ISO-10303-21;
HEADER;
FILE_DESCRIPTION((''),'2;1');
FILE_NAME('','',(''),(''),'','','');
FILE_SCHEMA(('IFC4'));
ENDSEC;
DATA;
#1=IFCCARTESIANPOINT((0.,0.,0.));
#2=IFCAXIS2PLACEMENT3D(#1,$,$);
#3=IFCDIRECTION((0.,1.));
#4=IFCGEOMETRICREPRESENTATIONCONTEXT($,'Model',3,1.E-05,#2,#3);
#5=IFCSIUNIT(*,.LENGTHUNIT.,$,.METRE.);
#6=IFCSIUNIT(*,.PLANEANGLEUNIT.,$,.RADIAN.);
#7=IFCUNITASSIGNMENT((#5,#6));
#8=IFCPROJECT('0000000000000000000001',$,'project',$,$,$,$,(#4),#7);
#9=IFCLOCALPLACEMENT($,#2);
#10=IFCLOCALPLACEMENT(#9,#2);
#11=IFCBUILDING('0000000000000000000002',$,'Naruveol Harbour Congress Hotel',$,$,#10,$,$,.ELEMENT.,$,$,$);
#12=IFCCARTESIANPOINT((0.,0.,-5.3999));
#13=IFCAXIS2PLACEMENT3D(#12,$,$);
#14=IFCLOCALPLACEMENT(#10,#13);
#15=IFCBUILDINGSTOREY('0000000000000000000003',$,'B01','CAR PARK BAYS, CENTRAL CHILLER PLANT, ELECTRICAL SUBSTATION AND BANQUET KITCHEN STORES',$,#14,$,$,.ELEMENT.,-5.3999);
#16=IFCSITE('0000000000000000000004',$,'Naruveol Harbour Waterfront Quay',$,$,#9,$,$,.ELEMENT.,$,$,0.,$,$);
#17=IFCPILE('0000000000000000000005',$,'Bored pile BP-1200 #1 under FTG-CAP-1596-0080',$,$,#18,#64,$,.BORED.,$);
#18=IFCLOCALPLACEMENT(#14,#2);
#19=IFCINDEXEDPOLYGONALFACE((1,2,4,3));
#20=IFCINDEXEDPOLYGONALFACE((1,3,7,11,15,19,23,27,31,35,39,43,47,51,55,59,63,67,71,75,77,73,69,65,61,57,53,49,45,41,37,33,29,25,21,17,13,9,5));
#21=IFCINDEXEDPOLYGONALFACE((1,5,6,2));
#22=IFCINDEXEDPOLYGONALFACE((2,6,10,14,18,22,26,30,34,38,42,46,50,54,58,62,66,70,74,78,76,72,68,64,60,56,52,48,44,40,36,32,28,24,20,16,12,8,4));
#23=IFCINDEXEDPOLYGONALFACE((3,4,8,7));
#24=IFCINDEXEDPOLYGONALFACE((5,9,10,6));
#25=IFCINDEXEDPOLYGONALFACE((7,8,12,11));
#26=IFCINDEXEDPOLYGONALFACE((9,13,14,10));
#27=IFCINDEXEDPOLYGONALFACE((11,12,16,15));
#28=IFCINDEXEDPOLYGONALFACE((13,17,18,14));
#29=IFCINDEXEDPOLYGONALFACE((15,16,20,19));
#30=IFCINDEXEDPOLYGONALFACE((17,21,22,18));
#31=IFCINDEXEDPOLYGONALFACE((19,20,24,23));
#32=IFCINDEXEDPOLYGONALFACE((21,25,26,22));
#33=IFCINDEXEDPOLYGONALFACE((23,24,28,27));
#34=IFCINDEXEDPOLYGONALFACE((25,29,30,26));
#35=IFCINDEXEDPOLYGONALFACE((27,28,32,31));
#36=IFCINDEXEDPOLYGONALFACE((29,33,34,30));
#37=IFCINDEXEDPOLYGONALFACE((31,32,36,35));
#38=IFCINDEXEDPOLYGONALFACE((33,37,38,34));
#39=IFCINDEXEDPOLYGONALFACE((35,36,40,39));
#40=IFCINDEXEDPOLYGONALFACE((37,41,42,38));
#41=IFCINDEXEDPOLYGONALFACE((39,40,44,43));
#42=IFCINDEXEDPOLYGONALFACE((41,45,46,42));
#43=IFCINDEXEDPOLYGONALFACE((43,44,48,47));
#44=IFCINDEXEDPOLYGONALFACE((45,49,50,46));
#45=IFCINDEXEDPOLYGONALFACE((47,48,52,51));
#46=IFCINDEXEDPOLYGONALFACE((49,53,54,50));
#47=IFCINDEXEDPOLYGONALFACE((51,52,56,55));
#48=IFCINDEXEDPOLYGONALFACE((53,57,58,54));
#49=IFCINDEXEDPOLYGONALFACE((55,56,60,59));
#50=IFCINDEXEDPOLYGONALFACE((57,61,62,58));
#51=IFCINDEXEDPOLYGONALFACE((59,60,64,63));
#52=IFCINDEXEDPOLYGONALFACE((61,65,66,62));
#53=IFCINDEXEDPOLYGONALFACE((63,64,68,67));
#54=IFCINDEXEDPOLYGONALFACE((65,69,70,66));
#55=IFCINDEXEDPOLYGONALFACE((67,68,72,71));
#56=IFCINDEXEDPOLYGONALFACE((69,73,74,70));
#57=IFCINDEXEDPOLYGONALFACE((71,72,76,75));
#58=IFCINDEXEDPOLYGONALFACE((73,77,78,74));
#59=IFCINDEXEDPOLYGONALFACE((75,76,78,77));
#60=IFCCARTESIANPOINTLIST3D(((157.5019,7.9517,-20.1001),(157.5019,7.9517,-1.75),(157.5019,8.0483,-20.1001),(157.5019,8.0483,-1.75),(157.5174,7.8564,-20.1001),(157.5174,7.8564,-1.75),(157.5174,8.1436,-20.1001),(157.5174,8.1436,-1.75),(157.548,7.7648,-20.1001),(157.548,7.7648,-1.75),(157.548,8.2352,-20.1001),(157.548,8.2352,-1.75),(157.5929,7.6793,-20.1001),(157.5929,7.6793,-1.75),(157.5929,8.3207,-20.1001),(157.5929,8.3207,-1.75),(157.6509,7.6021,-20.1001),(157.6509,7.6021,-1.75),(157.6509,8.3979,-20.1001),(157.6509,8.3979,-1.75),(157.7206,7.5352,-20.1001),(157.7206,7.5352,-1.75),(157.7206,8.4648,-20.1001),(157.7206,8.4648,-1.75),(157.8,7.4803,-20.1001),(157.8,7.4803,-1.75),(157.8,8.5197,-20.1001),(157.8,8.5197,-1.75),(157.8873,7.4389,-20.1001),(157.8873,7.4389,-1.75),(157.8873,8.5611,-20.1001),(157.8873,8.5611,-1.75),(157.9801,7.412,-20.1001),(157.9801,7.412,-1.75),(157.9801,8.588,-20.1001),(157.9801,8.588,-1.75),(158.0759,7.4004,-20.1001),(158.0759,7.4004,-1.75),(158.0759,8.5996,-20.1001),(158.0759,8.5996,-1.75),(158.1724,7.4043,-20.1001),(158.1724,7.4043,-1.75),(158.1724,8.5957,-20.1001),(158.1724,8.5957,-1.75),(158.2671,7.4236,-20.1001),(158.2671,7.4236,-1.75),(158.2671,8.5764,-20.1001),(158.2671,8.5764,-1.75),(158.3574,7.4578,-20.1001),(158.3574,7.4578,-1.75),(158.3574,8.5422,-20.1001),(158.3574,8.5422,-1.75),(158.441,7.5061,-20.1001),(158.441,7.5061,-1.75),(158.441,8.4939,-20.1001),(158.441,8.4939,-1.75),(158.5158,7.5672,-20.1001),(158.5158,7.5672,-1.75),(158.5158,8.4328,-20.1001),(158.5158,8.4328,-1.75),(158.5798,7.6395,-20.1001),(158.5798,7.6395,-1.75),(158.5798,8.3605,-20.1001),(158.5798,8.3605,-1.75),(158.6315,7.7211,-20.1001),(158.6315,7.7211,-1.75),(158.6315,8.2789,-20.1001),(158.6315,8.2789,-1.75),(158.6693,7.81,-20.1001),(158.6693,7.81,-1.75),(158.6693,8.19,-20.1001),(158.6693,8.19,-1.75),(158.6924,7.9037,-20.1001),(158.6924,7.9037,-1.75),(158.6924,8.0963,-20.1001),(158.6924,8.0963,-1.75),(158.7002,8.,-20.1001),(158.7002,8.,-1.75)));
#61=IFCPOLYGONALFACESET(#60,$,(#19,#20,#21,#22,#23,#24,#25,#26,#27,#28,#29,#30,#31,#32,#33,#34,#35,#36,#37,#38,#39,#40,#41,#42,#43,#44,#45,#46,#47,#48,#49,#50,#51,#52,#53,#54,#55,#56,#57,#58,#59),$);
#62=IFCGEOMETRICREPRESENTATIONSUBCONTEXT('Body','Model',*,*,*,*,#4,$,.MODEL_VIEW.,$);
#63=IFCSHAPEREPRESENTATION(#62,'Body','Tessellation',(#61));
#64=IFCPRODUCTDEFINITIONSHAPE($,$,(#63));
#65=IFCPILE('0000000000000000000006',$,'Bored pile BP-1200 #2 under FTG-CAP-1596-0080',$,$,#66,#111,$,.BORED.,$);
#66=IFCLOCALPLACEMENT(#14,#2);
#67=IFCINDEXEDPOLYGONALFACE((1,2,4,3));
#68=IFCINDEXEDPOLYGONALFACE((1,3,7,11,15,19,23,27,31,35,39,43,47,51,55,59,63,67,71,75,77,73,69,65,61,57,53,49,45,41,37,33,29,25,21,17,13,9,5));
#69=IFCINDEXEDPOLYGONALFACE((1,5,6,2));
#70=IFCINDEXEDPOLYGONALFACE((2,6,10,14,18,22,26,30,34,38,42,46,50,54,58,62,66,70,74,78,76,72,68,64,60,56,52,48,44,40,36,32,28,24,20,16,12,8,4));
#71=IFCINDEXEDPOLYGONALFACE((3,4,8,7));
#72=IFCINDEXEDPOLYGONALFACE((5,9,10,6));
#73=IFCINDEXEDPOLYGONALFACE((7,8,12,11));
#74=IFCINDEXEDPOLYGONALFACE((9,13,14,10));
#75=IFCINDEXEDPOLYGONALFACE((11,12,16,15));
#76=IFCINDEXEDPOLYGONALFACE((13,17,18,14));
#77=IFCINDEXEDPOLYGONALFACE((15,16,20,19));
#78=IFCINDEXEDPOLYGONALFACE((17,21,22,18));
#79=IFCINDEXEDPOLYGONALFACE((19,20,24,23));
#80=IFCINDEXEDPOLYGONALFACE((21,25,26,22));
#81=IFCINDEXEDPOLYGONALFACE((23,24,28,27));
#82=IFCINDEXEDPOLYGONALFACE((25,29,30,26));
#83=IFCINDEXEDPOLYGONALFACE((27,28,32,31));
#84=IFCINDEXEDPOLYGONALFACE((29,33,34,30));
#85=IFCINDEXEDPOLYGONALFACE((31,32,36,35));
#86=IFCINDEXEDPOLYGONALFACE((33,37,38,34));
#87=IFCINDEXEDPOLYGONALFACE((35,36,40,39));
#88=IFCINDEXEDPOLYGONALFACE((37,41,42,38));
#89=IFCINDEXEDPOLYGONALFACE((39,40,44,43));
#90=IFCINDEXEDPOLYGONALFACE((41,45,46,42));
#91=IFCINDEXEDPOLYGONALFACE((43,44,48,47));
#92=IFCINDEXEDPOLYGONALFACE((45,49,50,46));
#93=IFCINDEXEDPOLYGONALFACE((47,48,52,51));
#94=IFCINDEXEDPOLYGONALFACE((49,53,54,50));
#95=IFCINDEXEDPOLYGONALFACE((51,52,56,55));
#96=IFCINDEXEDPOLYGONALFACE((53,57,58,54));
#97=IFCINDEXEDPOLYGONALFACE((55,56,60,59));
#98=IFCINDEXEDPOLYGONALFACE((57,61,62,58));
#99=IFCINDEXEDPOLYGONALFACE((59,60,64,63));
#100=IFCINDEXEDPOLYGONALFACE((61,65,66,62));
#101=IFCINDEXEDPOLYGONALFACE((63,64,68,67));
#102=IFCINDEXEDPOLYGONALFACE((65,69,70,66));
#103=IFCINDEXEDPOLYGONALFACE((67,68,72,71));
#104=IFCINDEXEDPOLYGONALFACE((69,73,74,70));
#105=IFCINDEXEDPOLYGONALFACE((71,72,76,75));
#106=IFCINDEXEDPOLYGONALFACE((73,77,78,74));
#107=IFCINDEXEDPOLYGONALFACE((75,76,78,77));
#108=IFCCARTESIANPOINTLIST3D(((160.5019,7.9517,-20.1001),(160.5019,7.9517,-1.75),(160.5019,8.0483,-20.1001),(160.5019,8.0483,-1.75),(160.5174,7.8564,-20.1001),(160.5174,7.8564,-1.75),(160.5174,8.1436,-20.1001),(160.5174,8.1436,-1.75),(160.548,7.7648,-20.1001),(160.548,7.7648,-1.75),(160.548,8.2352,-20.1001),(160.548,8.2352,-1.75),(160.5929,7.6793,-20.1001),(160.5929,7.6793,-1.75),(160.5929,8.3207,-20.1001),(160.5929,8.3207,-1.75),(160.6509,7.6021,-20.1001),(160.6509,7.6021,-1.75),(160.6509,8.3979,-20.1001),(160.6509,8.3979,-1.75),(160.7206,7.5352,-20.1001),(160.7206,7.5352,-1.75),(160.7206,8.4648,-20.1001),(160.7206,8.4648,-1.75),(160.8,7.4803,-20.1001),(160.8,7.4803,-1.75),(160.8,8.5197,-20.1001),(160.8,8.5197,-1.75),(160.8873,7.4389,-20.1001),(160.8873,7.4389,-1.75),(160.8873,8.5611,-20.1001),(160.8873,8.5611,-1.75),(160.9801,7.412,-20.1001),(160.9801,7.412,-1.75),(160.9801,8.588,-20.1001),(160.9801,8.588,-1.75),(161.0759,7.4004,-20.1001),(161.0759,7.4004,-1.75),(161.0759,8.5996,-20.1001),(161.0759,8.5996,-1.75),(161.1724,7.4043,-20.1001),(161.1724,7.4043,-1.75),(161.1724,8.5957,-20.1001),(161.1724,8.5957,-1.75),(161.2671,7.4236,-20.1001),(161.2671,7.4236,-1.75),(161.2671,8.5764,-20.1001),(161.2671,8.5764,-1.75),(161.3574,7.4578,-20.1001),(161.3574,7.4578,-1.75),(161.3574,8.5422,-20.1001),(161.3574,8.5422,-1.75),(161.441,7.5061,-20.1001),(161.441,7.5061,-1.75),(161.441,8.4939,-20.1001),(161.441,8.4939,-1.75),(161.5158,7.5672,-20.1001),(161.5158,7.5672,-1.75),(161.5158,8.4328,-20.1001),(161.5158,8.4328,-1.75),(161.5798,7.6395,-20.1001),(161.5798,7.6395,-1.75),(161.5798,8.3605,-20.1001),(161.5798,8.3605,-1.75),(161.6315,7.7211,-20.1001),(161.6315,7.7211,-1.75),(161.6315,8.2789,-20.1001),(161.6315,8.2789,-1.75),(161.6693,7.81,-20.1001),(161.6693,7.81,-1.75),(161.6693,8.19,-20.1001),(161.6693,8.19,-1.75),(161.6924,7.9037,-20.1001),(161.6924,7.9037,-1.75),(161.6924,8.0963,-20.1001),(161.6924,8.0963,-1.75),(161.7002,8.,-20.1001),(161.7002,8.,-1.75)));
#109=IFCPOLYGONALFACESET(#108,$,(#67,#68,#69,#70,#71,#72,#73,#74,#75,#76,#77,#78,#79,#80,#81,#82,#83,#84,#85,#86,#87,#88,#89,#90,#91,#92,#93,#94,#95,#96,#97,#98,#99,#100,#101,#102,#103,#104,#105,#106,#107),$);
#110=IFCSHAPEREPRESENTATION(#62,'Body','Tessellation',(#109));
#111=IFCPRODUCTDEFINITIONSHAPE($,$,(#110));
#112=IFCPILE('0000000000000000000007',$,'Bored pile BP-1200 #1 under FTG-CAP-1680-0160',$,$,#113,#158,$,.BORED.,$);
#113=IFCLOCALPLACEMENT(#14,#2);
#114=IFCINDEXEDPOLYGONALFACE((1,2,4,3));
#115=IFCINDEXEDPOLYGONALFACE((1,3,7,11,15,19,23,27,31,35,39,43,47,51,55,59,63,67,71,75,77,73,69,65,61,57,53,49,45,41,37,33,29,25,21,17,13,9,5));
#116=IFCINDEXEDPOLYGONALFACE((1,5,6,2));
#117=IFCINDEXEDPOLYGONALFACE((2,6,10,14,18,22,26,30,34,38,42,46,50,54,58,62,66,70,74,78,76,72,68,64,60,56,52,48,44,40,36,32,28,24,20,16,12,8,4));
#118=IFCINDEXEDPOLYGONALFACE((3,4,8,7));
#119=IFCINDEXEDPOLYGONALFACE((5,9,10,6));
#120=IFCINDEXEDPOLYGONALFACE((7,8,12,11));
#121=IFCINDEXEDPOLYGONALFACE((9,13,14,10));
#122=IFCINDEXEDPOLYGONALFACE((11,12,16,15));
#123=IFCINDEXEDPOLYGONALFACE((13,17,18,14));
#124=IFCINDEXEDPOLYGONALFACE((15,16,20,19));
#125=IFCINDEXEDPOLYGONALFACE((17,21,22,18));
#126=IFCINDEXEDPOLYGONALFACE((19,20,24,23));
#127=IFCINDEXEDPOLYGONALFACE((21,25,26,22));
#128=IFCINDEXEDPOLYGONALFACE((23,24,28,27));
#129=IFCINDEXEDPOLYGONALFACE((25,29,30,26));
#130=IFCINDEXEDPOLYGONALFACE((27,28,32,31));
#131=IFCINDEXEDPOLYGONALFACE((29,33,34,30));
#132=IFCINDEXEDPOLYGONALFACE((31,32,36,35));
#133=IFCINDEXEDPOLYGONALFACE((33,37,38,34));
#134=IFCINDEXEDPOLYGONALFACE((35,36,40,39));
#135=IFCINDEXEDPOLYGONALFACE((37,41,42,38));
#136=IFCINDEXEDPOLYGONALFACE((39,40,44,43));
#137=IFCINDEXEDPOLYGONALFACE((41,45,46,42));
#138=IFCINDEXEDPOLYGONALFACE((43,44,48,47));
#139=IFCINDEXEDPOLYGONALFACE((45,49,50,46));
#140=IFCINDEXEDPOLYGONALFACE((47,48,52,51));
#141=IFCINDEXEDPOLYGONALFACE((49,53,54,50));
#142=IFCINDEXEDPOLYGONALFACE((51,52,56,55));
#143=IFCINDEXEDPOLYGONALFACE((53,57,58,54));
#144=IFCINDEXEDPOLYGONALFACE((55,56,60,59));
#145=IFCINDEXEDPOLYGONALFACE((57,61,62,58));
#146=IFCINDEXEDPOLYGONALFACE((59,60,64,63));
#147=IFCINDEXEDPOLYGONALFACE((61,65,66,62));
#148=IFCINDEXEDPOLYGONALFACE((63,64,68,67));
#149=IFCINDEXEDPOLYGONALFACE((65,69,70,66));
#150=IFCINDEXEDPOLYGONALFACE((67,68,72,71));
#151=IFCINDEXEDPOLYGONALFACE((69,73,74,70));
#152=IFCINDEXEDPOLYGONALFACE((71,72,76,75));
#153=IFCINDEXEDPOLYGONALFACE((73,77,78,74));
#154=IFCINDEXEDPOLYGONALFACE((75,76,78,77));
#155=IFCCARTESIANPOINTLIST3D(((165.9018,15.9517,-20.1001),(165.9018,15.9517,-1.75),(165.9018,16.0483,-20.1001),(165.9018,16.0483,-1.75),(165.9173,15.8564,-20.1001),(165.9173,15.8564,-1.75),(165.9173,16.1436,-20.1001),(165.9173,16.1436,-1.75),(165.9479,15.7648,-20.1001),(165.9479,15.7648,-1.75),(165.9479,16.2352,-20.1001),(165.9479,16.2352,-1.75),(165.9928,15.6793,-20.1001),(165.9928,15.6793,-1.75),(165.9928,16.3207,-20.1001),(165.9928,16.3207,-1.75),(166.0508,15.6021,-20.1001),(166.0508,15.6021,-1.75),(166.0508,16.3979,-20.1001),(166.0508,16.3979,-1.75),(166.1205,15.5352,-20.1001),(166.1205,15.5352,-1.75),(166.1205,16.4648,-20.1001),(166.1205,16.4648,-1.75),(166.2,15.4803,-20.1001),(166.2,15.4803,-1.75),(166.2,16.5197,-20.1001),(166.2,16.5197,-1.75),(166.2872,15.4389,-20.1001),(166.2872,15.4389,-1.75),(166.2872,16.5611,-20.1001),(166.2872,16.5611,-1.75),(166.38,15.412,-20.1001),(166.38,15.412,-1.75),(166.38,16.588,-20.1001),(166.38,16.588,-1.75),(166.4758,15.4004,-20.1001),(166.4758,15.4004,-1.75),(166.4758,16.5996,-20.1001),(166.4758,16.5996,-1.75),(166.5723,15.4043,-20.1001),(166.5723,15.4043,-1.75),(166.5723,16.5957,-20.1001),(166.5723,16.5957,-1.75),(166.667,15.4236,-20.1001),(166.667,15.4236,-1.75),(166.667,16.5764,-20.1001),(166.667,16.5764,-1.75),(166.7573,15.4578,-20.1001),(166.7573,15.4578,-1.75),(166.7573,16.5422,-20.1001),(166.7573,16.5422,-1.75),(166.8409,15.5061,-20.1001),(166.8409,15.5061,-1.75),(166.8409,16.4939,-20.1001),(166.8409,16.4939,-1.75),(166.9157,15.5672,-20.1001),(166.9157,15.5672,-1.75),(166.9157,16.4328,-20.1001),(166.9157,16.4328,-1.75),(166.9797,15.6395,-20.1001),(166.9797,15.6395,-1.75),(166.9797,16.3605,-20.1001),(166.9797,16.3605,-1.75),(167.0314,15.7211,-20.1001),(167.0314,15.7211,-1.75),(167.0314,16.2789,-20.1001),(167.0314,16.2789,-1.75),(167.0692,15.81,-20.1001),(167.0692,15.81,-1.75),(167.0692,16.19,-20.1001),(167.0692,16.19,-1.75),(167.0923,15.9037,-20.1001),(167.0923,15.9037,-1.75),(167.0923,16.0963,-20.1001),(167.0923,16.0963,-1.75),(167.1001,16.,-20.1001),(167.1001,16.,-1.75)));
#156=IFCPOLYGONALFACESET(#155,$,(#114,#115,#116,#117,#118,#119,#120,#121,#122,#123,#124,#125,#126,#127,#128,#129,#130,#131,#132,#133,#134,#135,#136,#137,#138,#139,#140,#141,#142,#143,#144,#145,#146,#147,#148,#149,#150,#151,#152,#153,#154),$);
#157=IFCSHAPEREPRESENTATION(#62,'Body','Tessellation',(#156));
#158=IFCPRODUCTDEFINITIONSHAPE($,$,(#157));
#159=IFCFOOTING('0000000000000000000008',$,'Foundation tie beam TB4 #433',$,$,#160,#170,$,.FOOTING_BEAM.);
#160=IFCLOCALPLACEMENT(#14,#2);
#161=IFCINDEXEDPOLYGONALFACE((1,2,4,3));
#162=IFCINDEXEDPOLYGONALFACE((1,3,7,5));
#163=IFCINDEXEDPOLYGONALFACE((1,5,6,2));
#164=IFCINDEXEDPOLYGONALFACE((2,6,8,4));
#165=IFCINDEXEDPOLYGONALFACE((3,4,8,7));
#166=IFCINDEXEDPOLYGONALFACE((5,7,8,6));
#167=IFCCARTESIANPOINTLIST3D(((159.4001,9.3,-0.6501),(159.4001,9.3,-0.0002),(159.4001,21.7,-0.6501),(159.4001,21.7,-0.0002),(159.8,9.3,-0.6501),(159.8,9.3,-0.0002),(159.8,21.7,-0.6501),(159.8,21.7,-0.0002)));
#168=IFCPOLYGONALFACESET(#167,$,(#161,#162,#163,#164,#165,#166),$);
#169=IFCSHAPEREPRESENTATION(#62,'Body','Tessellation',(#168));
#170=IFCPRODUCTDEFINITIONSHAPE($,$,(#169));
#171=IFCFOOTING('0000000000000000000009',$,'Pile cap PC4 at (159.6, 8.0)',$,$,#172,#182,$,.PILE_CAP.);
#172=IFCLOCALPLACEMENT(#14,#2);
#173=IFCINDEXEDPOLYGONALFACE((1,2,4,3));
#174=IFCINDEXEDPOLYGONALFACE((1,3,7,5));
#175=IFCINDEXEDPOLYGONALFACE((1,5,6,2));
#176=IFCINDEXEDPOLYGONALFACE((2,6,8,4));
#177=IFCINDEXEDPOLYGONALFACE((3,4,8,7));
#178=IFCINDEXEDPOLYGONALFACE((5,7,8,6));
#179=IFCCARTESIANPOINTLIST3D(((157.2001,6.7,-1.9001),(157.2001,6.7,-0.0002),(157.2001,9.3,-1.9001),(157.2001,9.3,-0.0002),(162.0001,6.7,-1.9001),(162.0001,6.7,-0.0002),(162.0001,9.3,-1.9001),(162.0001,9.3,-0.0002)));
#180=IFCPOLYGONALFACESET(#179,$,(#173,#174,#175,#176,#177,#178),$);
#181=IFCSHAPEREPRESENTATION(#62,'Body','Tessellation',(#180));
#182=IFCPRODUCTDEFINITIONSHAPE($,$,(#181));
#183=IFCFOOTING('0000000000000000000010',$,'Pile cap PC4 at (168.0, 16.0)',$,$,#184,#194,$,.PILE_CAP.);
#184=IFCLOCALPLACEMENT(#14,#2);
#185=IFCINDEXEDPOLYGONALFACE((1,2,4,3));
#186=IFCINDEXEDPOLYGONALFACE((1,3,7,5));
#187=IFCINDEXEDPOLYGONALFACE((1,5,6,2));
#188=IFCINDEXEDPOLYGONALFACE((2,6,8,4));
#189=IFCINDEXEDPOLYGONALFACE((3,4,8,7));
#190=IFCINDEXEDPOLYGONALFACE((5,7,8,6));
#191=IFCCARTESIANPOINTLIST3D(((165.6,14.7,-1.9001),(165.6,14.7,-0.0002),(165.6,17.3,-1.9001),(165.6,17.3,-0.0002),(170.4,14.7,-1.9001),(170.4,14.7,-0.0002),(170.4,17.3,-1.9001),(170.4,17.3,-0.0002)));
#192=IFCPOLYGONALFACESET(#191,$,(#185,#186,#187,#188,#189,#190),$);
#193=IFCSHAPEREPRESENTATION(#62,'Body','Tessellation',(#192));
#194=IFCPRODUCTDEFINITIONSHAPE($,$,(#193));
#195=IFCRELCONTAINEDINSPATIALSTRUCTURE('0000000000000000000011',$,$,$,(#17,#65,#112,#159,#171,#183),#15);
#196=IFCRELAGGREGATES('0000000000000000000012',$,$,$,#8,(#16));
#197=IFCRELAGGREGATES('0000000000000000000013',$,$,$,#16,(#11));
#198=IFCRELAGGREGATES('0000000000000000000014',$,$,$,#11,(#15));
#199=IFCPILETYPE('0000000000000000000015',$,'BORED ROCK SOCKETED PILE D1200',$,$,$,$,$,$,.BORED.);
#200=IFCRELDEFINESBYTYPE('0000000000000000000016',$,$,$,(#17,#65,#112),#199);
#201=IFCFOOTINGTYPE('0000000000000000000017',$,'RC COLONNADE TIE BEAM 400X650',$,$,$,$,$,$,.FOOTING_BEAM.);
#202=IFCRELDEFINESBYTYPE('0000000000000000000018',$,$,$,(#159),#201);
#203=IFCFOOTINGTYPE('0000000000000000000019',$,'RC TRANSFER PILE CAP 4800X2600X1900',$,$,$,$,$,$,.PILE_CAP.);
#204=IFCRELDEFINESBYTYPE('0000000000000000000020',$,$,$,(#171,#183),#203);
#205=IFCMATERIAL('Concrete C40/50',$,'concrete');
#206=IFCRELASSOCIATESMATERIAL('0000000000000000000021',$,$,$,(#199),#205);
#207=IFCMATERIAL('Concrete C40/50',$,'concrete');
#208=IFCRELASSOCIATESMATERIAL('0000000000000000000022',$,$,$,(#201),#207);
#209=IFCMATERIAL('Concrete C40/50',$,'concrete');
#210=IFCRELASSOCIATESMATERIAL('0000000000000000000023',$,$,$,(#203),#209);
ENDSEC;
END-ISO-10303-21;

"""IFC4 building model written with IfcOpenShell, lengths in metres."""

from ifc_helpers import new_model, si_unit, direction, frame, origin, origin_2d, place, context, subcontext, project, spatial, rectangle, circle, extrude, material, material_profile, profile_set, type_object, element, save


model = new_model("IFC4")

# Units and contexts
model_context = context("Model", 3, precision=1e-05, world=origin(), true_north=direction((0.0, 1.0)))
body_context = subcontext(model_context, "Body", "Model", "MODEL_VIEW")
ifc_project = project(units=[si_unit("LENGTHUNIT", "METRE"), si_unit("PLANEANGLEUNIT", "RADIAN")], contexts=[model_context])

# Site, building, storey
site_placement = place(None, origin())
site = spatial("IfcSite", under=ifc_project, at=site_placement, Name="Naruveol Harbour Waterfront Quay", CompositionType="ELEMENT", RefElevation=0.0)
building_placement = place(site_placement, origin())
building = spatial("IfcBuilding", under=site, at=building_placement, Name="Naruveol Harbour Congress Hotel", CompositionType="ELEMENT")
storey_placement = place(building_placement, frame((0.0, 0.0, -5.3999)))
storey = spatial("IfcBuildingStorey", under=building, at=storey_placement, Name="B01", Description="CAR PARK BAYS, CENTRAL CHILLER PLANT, ELECTRICAL SUBSTATION AND BANQUET KITCHEN STORES", CompositionType="ELEMENT", Elevation=-5.3999)

# Piles
ifc_material_1 = material(Name="Concrete C40/50", Category="concrete")
ifc_material_profile_1 = material_profile(ifc_material_1, circle(Radius=0.6001, at=origin_2d()), Name="BP-1200")
ifc_profile_set_1 = profile_set([ifc_material_profile_1], Name="Concrete C40/50")
pile_type = type_object("IfcPileType", Name="BORED ROCK SOCKETED PILE D1200", PredefinedType="BORED", material=ifc_profile_set_1)
for number, where, z_axis, x_axis, name in (
    (1, (158.1001, 8.0, -1.75), (0.0, 0.0, -1.0), (1.0, 0.0, 0.0), "Bored pile BP-1200 #1 under FTG-CAP-1596-0080"),
    (2, (161.1001, 8.0, -1.75), (0.0, 0.0, -1.0), (1.0, 0.0, 0.0), "Bored pile BP-1200 #2 under FTG-CAP-1596-0080"),
    (3, (166.5, 16.0, -1.75), (0.0, 0.0, -1.0), (1.0, 0.0, 0.0), "Bored pile BP-1200 #1 under FTG-CAP-1680-0160"),
):
    element("IfcPile", number, at=place(storey_placement, frame(where, z_axis=z_axis, x_axis=x_axis)), inside=storey, type_object=pile_type, Name=name, PredefinedType="BORED", context=body_context, shape_type="SweptSolid", body=[
        extrude(circle(Radius=0.6001, at=origin_2d()), origin(), (0.0, 0.0, 1.0), 18.3501),
    ])

# Footings
ifc_material_2 = material(Name="Concrete C40/50", Category="concrete")
ifc_material_profile_2 = material_profile(ifc_material_2, rectangle(XDim=0.3999, YDim=0.6499, at=origin_2d()), Name="RCB-400x650")
ifc_profile_set_2 = profile_set([ifc_material_profile_2], Name="Concrete C40/50")
footing_type_1 = type_object("IfcFootingType", Name="RC COLONNADE TIE BEAM 400X650", PredefinedType="FOOTING_BEAM", material=ifc_profile_set_2)
footing_placement = place(storey_placement, frame((159.6001, 9.3, -0.3252), z_axis=(0.0, 1.0, 0.0), x_axis=(-1.0, 0.0, 0.0)))
element("IfcFooting", 4, at=footing_placement, inside=storey, type_object=footing_type_1, Name="Foundation tie beam TB4 #433", PredefinedType="FOOTING_BEAM", context=body_context, shape_type="SweptSolid", body=[
    extrude(rectangle(XDim=0.3999, YDim=0.6499, at=origin_2d()), origin(), (0.0, 0.0, 1.0), 12.3999),
])
ifc_material_3 = material(Name="Concrete C40/50", Category="concrete")
footing_type_2 = type_object("IfcFootingType", Name="RC TRANSFER PILE CAP 4800X2600X1900", PredefinedType="PILE_CAP", material=ifc_material_3)
for number, where, z_axis, x_axis, name in (
    (5, (159.6001, 8.0, -1.9001), (0.0, 0.0, 1.0), (1.0, 0.0, 0.0), "Pile cap PC4 at (159.6, 8.0)"),
    (6, (168.0, 16.0, -1.9001), (0.0, 0.0, 1.0), (1.0, 0.0, 0.0), "Pile cap PC4 at (168.0, 16.0)"),
):
    element("IfcFooting", number, at=place(storey_placement, frame(where, z_axis=z_axis, x_axis=x_axis)), inside=storey, type_object=footing_type_2, Name=name, PredefinedType="PILE_CAP", context=body_context, shape_type="SweptSolid", body=[
        extrude(rectangle(XDim=4.8, YDim=2.6001, at=origin_2d()), origin(), (0.0, 0.0, 1.0), 1.8999),
    ])

save(model, "model.ifc")
